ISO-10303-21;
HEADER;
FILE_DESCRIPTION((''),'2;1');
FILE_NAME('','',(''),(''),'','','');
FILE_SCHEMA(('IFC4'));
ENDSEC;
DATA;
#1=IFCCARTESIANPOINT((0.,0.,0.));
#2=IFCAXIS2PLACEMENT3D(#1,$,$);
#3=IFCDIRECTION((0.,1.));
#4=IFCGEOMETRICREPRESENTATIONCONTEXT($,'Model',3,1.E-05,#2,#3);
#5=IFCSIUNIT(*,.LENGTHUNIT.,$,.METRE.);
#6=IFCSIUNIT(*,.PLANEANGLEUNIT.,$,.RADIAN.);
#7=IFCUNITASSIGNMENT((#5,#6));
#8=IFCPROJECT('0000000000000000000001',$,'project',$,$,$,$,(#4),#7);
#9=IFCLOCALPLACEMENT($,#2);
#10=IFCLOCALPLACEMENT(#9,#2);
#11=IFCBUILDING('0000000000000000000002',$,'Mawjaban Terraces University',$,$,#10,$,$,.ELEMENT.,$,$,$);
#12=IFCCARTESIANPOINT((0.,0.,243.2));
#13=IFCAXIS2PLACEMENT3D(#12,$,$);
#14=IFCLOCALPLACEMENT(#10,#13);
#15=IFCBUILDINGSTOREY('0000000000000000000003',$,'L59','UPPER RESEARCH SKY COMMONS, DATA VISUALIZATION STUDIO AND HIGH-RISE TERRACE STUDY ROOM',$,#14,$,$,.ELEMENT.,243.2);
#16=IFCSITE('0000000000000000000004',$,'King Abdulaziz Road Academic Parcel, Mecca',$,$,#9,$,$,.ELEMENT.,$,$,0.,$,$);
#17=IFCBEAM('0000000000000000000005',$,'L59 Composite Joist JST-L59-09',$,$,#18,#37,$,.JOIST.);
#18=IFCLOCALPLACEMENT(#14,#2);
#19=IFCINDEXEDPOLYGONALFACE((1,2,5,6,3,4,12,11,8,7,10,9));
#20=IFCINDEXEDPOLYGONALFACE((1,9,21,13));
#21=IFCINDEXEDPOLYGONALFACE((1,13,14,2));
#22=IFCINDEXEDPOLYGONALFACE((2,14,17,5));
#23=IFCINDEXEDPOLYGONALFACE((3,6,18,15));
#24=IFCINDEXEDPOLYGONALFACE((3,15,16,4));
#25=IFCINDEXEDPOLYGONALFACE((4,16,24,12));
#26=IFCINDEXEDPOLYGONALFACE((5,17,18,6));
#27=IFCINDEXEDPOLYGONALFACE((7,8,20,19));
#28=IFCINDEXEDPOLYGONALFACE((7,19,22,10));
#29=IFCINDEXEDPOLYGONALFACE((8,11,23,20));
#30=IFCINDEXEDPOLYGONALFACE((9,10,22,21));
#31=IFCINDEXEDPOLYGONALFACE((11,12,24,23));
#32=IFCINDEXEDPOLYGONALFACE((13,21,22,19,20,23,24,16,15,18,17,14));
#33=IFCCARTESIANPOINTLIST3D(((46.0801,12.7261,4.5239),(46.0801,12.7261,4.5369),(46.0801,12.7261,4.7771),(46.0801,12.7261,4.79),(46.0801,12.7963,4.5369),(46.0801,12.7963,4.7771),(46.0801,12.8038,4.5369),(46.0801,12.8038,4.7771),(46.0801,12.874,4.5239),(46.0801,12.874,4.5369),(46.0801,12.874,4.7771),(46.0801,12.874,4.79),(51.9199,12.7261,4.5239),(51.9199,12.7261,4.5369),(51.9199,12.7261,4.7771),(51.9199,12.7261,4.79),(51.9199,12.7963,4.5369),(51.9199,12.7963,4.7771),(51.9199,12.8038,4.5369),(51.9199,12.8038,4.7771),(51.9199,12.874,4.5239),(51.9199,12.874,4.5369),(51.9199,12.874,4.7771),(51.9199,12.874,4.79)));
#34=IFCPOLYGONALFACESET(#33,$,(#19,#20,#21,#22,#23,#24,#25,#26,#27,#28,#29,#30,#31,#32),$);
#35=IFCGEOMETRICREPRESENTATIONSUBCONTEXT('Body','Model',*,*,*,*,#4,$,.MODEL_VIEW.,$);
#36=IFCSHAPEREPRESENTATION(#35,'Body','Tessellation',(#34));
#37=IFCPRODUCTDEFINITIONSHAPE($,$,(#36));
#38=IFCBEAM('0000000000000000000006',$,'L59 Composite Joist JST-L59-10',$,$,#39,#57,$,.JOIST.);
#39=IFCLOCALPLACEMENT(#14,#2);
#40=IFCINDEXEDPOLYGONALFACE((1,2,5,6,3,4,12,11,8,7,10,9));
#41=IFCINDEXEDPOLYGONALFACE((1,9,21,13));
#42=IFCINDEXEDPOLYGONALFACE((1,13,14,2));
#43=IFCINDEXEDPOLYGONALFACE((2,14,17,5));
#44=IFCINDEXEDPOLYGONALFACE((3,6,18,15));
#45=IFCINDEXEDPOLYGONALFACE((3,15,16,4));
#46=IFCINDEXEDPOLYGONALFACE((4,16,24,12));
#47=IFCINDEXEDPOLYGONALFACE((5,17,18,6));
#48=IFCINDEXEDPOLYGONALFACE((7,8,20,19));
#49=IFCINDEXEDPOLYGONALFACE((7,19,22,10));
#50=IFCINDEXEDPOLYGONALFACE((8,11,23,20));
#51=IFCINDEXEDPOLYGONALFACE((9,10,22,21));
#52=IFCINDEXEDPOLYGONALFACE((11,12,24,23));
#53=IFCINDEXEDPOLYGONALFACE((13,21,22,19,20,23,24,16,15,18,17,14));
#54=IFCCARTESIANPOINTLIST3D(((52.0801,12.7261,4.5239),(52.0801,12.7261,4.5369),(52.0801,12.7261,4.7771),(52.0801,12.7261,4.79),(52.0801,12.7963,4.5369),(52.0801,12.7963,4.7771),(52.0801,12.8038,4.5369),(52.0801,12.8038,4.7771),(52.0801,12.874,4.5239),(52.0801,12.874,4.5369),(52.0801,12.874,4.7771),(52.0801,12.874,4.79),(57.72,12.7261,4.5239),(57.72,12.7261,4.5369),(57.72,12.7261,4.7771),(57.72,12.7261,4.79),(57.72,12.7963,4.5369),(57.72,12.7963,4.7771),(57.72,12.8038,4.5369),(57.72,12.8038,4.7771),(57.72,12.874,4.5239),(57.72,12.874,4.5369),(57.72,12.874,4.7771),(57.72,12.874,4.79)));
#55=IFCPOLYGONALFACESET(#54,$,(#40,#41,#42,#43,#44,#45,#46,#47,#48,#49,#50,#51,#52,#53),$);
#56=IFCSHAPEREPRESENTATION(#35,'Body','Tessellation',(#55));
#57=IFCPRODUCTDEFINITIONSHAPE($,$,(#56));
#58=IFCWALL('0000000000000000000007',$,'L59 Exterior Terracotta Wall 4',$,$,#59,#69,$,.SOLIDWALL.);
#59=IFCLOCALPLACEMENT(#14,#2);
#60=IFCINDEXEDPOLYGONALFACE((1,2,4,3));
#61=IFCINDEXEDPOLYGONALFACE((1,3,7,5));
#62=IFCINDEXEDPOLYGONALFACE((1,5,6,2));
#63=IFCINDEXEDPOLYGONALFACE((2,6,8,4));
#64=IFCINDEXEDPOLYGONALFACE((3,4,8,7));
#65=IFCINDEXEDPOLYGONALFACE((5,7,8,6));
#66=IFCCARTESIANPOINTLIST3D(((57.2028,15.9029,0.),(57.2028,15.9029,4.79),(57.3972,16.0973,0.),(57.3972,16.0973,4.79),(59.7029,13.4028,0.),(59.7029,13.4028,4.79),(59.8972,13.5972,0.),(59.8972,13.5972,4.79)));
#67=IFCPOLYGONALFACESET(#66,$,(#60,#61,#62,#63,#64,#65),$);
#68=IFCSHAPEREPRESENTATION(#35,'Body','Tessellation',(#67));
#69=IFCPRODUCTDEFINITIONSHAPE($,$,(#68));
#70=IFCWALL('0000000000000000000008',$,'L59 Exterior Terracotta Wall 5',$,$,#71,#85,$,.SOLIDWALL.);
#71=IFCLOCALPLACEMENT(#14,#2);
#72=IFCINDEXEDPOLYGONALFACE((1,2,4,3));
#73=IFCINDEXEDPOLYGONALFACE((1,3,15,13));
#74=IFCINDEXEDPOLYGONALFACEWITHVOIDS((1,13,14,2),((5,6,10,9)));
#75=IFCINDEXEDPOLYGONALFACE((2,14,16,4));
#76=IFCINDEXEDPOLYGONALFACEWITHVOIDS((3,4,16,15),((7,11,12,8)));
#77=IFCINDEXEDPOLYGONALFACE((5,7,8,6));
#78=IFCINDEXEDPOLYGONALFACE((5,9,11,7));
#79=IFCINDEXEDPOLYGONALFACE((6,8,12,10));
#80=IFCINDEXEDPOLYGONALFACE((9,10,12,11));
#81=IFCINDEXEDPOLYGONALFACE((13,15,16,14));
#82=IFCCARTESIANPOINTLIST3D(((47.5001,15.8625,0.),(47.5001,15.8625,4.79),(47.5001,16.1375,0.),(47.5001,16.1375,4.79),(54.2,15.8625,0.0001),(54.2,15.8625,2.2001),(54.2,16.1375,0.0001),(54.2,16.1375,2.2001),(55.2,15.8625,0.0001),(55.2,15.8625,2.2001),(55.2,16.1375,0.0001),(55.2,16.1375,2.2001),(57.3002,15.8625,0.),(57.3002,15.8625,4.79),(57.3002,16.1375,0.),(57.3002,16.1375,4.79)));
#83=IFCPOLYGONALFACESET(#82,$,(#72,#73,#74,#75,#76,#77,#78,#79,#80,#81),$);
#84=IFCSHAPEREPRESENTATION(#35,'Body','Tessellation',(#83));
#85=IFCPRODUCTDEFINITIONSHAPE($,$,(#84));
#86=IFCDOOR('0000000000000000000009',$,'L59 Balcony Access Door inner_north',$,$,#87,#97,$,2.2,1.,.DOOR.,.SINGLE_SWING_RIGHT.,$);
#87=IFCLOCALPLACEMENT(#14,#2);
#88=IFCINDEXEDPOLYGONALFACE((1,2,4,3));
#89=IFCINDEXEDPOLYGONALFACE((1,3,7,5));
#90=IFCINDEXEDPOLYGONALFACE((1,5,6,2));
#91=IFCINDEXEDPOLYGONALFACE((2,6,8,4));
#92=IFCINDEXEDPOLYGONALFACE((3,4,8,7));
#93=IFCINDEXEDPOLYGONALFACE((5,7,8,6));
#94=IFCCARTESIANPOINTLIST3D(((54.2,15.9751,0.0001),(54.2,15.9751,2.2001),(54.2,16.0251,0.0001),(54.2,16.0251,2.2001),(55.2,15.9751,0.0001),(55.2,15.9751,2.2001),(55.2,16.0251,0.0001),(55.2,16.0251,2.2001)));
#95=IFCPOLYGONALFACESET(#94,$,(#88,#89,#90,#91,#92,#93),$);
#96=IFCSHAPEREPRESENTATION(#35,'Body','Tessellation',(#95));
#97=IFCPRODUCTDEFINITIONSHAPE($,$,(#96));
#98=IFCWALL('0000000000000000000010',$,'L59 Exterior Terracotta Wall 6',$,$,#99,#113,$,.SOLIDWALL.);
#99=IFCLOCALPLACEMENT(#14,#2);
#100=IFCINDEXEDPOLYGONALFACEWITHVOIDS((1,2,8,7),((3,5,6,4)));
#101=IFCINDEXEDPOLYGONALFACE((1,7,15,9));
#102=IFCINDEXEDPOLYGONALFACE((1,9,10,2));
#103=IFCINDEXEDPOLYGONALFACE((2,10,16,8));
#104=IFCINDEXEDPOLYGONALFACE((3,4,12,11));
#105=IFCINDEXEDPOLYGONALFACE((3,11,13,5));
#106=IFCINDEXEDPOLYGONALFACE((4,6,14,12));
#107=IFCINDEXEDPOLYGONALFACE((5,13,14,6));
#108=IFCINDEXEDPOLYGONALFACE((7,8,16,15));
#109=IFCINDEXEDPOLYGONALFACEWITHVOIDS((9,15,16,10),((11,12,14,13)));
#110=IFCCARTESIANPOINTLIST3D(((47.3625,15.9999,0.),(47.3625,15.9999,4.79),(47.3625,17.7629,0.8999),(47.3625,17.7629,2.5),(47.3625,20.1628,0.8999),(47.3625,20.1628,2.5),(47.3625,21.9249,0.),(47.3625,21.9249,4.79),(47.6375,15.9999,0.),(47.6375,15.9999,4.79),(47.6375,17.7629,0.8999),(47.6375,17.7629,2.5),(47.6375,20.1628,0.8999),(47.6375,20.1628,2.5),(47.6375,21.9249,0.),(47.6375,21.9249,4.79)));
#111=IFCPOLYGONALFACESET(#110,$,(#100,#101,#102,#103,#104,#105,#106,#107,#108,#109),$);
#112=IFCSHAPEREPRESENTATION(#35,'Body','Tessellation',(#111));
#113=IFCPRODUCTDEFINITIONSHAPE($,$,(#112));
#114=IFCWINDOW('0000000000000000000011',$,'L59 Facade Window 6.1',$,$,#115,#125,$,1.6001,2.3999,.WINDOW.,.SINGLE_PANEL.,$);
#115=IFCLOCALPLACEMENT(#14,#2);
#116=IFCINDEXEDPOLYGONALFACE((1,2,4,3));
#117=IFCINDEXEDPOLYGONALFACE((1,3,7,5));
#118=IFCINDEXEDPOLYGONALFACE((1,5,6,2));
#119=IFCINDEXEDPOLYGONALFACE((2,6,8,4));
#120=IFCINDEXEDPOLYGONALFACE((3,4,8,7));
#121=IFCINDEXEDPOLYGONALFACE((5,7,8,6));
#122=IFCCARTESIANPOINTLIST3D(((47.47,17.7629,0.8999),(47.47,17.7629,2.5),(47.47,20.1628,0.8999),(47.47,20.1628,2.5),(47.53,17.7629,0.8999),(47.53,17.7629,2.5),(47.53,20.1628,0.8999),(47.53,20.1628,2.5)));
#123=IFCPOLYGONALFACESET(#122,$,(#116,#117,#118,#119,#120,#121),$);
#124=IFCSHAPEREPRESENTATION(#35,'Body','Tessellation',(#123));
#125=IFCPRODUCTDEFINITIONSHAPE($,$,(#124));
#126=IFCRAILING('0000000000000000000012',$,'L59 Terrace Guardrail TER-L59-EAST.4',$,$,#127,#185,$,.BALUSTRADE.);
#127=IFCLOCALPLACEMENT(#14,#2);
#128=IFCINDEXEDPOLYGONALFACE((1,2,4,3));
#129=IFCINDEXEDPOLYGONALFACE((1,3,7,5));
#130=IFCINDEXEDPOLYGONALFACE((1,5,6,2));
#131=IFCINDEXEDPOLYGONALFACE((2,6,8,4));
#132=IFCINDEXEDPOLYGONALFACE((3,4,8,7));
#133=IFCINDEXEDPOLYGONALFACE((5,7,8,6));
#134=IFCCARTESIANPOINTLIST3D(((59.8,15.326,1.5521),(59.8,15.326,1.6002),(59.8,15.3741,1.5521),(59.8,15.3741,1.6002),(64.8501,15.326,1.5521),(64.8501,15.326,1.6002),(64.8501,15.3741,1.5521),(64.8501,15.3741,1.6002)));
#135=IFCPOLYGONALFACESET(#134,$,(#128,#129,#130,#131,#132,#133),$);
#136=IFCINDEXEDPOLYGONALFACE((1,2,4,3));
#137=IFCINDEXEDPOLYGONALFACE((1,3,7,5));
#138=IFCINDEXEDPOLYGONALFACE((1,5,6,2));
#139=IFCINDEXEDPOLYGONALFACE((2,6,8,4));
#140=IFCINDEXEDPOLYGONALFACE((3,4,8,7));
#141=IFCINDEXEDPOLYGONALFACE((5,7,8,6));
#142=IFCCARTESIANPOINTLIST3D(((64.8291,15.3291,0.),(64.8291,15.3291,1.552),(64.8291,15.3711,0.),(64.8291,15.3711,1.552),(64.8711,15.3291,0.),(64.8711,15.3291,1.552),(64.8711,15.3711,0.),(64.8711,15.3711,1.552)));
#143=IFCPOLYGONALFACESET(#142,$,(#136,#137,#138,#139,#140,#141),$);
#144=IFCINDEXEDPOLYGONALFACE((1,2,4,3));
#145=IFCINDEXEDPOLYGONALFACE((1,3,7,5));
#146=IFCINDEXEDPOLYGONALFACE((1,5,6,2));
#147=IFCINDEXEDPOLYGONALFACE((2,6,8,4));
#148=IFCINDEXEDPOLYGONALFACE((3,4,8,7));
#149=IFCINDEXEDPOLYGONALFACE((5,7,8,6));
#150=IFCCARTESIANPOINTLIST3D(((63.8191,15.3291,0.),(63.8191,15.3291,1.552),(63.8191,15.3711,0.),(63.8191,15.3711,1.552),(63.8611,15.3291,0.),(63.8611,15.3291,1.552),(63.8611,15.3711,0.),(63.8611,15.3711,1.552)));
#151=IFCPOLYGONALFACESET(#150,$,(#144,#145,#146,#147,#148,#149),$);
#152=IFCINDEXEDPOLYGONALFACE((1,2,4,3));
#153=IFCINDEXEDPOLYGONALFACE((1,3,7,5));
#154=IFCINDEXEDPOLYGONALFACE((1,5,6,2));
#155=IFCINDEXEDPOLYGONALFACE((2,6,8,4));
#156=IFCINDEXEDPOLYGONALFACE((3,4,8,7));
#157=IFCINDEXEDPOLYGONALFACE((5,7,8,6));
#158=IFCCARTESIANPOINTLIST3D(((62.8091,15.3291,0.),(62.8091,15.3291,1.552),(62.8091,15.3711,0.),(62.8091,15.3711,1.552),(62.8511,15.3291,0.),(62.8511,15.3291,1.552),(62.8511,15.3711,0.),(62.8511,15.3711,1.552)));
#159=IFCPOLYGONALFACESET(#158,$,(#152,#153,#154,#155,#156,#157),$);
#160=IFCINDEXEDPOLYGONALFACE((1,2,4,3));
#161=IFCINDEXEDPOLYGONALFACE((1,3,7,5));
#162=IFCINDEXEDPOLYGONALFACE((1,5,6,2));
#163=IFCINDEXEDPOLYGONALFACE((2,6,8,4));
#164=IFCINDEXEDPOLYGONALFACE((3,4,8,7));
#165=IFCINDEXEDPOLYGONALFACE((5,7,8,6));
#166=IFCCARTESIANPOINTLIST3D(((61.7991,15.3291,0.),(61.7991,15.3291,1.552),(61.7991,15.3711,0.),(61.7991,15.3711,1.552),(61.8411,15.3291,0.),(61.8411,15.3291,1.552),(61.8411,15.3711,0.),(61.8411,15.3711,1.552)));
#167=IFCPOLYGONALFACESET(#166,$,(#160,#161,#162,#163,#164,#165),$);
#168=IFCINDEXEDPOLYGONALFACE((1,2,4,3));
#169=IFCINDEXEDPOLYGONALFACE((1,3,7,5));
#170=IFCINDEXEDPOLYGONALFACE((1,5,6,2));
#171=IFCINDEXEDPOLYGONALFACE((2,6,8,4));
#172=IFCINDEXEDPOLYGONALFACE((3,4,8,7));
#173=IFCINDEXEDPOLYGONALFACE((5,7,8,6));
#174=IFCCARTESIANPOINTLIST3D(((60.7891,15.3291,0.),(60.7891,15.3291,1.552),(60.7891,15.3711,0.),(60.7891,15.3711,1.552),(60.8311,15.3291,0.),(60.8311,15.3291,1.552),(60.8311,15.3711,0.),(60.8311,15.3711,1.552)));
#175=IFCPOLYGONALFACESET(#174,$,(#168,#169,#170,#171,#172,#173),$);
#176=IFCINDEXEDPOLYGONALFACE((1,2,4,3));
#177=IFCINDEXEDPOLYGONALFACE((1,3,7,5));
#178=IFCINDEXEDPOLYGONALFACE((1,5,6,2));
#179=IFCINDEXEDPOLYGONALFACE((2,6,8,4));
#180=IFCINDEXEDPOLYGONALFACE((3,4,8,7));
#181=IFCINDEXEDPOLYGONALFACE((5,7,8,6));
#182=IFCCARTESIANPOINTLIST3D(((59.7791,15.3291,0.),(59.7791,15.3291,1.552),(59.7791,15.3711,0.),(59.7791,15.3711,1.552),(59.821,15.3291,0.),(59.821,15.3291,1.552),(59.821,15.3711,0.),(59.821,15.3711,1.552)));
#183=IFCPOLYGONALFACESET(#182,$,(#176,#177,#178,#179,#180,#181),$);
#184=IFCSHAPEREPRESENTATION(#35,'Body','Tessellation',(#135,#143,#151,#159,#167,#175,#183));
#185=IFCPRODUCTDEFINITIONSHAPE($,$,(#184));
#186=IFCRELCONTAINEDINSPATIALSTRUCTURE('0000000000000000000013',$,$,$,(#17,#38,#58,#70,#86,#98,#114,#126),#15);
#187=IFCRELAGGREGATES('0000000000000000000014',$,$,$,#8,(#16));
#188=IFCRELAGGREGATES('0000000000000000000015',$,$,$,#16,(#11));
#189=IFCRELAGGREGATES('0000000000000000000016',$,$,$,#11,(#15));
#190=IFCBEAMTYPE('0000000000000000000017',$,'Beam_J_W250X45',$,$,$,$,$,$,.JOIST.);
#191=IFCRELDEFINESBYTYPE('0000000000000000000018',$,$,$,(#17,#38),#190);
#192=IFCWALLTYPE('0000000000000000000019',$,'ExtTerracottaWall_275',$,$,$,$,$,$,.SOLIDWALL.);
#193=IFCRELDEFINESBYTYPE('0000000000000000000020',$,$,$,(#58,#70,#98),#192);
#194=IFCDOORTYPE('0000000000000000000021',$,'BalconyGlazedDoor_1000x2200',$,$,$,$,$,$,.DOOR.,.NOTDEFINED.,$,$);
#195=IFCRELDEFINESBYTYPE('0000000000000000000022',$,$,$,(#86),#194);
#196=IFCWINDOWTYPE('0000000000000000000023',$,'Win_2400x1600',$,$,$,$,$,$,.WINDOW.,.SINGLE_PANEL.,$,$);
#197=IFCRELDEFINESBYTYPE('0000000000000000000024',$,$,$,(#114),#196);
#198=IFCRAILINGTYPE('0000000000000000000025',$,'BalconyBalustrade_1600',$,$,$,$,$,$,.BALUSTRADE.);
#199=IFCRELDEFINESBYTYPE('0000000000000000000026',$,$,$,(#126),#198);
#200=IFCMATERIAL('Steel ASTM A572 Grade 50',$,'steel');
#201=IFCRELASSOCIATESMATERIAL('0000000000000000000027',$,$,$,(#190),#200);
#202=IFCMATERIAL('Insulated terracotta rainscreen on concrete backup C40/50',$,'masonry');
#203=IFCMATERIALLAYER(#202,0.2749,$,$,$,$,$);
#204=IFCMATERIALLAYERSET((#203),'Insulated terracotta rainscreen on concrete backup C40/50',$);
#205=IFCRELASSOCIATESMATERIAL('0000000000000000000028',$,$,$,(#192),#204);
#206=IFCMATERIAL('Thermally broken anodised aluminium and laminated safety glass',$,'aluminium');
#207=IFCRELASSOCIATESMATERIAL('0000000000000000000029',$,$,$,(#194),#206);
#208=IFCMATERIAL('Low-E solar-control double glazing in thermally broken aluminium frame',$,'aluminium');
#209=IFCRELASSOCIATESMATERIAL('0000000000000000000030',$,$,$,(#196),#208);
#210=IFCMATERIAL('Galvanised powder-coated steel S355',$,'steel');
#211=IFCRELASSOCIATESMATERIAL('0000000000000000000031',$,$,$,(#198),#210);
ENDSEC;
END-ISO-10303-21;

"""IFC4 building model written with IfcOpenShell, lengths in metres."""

from ifc_helpers import new_model, si_unit, direction, frame, frame_2d, origin, origin_2d, place, context, subcontext, project, spatial, rectangle, i_section, extrude, material, layer, layer_set, material_profile, profile_set, type_object, element, fill, save


model = new_model("IFC4")

# Units and contexts
model_context = context("Model", 3, precision=1e-05, world=origin(), true_north=direction((0.0, 1.0)))
body_context = subcontext(model_context, "Body", "Model", "MODEL_VIEW")
ifc_project = project(units=[si_unit("LENGTHUNIT", "METRE"), si_unit("PLANEANGLEUNIT", "RADIAN")], contexts=[model_context])

# Site, building, storey
site_placement = place(None, origin())
site = spatial("IfcSite", under=ifc_project, at=site_placement, Name="King Abdulaziz Road Academic Parcel, Mecca", CompositionType="ELEMENT", RefElevation=0.0)
building_placement = place(site_placement, origin())
building = spatial("IfcBuilding", under=site, at=building_placement, Name="Mawjaban Terraces University", CompositionType="ELEMENT")
storey_placement = place(building_placement, frame((0.0, 0.0, 243.2)))
storey = spatial("IfcBuildingStorey", under=building, at=storey_placement, Name="L59", Description="UPPER RESEARCH SKY COMMONS, DATA VISUALIZATION STUDIO AND HIGH-RISE TERRACE STUDY ROOM", CompositionType="ELEMENT", Elevation=243.2)

# Beams
ifc_material_1 = material(Name="Steel ASTM A572 Grade 50", Category="steel")
ifc_material_profile_1 = material_profile(ifc_material_1, i_section(OverallWidth=0.1479, OverallDepth=0.2661, WebThickness=0.0076, FlangeThickness=0.0129, at=origin_2d()), Name="W250X45")
ifc_profile_set_1 = profile_set([ifc_material_profile_1], Name="Steel ASTM A572 Grade 50")
beam_type_1 = type_object("IfcBeamType", Name="Beam_J_W250X45", PredefinedType="JOIST", material=ifc_profile_set_1)
beam_1_placement = place(storey_placement, frame((46.0801, 12.8, 4.657), z_axis=(1.0, 0.0, 0.0), x_axis=(0.0, 1.0, 0.0)))
element("IfcBeam", 1, at=beam_1_placement, inside=storey, type_object=beam_type_1, Name="L59 Composite Joist JST-L59-09", PredefinedType="JOIST", context=body_context, shape_type="SweptSolid", body=[
    extrude(i_section(OverallWidth=0.1479, OverallDepth=0.2661, WebThickness=0.0076, FlangeThickness=0.0129, at=origin_2d()), origin(), (0.0, 0.0, 1.0), 5.8398),
])
beam_2_placement = place(storey_placement, frame((52.0801, 12.8, 4.657), z_axis=(1.0, 0.0, 0.0), x_axis=(0.0, 1.0, 0.0)))
element("IfcBeam", 2, at=beam_2_placement, inside=storey, type_object=beam_type_1, Name="L59 Composite Joist JST-L59-10", PredefinedType="JOIST", context=body_context, shape_type="SweptSolid", body=[
    extrude(i_section(OverallWidth=0.1479, OverallDepth=0.2661, WebThickness=0.0076, FlangeThickness=0.0129, at=origin_2d()), origin(), (0.0, 0.0, 1.0), 5.6399),
])

# Wall
ifc_material_2 = material(Name="Insulated terracotta rainscreen on concrete backup C40/50", Category="masonry")
ifc_layer = layer(ifc_material_2, 0.2749)
ifc_layer_set = layer_set([ifc_layer], Name="Insulated terracotta rainscreen on concrete backup C40/50")
wall_type = type_object("IfcWallType", Name="ExtTerracottaWall_275", PredefinedType="SOLIDWALL", material=ifc_layer_set)
wall_1_placement = place(storey_placement, frame((59.8, 13.5, 0.0), z_axis=(0.0, 0.0, 1.0), x_axis=(-0.707107, 0.707107, 0.0)))
element("IfcWall", 3, at=wall_1_placement, inside=storey, type_object=wall_type, Name="L59 Exterior Terracotta Wall 4", PredefinedType="SOLIDWALL", context=body_context, shape_type="SweptSolid", body=[
    extrude(rectangle(XDim=3.5356, YDim=0.2749, at=frame_2d((1.7678, 0.0))), origin(), (0.0, 0.0, 1.0), 4.79),
])

# Wall, opening, door
wall_2_placement = place(storey_placement, frame((57.3, 16.0, 0.0), z_axis=(0.0, 0.0, 1.0), x_axis=(-1.0, 0.0, 0.0)))
wall_2 = element("IfcWall", 4, at=wall_2_placement, inside=storey, type_object=wall_type, Name="L59 Exterior Terracotta Wall 5", PredefinedType="SOLIDWALL", context=body_context, shape_type="SweptSolid", body=[
    extrude(rectangle(XDim=9.8, YDim=0.2749, at=frame_2d((4.8999, 0.0))), origin(), (0.0, 0.0, 1.0), 4.79),
])
opening_1_placement = place(wall_2_placement, frame((2.1001, 0.0, 0.0)))
opening_1 = element("IfcOpeningElement", 5, at=opening_1_placement, cuts=wall_2, PredefinedType="OPENING", context=body_context, shape_type="SweptSolid", body=[
    extrude(rectangle(XDim=1.0, YDim=2.2, at=frame_2d((0.5, 1.1001))), frame((0.0, 0.1475, 0.0), z_axis=(0.0, -1.0, 0.0), x_axis=(1.0, 0.0, 0.0)), (0.0, 0.0, 1.0), 0.2949),
])
ifc_material_3 = material(Name="Thermally broken anodised aluminium and laminated safety glass", Category="aluminium")
door_type = type_object("IfcDoorType", Name="BalconyGlazedDoor_1000x2200", OperationType="NOTDEFINED", PredefinedType="DOOR", material=ifc_material_3)
door_placement = place(opening_1_placement, origin())
door = element("IfcDoor", 6, at=door_placement, inside=storey, type_object=door_type, Name="L59 Balcony Access Door inner_north", OperationType="SINGLE_SWING_RIGHT", OverallHeight=2.2, OverallWidth=1.0, PredefinedType="DOOR", context=body_context, shape_type="SweptSolid", body=[
    extrude(rectangle(XDim=1.0, YDim=2.2, at=frame_2d((0.5, 1.1001))), frame((0.0, 0.0249, 0.0), z_axis=(0.0, -1.0, 0.0), x_axis=(1.0, 0.0, 0.0)), (0.0, 0.0, 1.0), 0.05),
])
fill(opening_1, door)

# Wall, opening, window
wall_3_placement = place(storey_placement, frame((47.5, 16.0, 0.0), z_axis=(0.0, 0.0, 1.0), x_axis=(0.0, 1.0, 0.0)))
wall_3 = element("IfcWall", 7, at=wall_3_placement, inside=storey, type_object=wall_type, Name="L59 Exterior Terracotta Wall 6", PredefinedType="SOLIDWALL", context=body_context, shape_type="SweptSolid", body=[
    extrude(rectangle(XDim=5.925, YDim=0.2749, at=frame_2d((2.9624, 0.0))), origin(), (0.0, 0.0, 1.0), 4.79),
])
opening_2_placement = place(wall_3_placement, frame((1.7629, 0.0, 0.8999)))
opening_2 = element("IfcOpeningElement", 8, at=opening_2_placement, cuts=wall_3, PredefinedType="OPENING", context=body_context, shape_type="SweptSolid", body=[
    extrude(rectangle(XDim=2.3999, YDim=1.6001, at=frame_2d((1.2, 0.8))), frame((0.0, 0.1475, 0.0), z_axis=(0.0, -1.0, 0.0), x_axis=(1.0, 0.0, 0.0)), (0.0, 0.0, 1.0), 0.2949),
])
ifc_material_4 = material(Name="Low-E solar-control double glazing in thermally broken aluminium frame", Category="aluminium")
window_type = type_object("IfcWindowType", Name="Win_2400x1600", PartitioningType="SINGLE_PANEL", PredefinedType="WINDOW", material=ifc_material_4)
window_placement = place(opening_2_placement, origin())
window = element("IfcWindow", 9, at=window_placement, inside=storey, type_object=window_type, Name="L59 Facade Window 6.1", OverallHeight=1.6001, OverallWidth=2.3999, PartitioningType="SINGLE_PANEL", PredefinedType="WINDOW", context=body_context, shape_type="SweptSolid", body=[
    extrude(rectangle(XDim=2.3999, YDim=1.6001, at=frame_2d((1.2, 0.8))), frame((0.0, 0.03, 0.0), z_axis=(0.0, -1.0, 0.0), x_axis=(1.0, 0.0, 0.0)), (0.0, 0.0, 1.0), 0.0601),
])
fill(opening_2, window)

# Railing
ifc_material_5 = material(Name="Galvanised powder-coated steel S355", Category="steel")
railing_type = type_object("IfcRailingType", Name="BalconyBalustrade_1600", PredefinedType="BALUSTRADE", material=ifc_material_5)
railing_1_placement = place(storey_placement, frame((64.8501, 15.3501, 0.0)))
element("IfcRailing", 10, at=railing_1_placement, inside=storey, type_object=railing_type, Name="L59 Terrace Guardrail TER-L59-EAST.4", PredefinedType="BALUSTRADE", context=body_context, shape_type="SweptSolid", body=[
    extrude(rectangle(XDim=0.0481, YDim=0.0481, at=origin_2d()), frame((0.0, 0.0, 1.5762), z_axis=(-1.0, 0.0, 0.0), x_axis=(0.0, -1.0, 0.0)), (0.0, 0.0, 1.0), 5.05),
    extrude(rectangle(XDim=0.042, YDim=0.042, at=origin_2d()), origin(), (0.0, 0.0, 1.0), 1.552),
    extrude(rectangle(XDim=0.042, YDim=0.042, at=origin_2d()), frame((-1.01, 0.0, 0.0)), (0.0, 0.0, 1.0), 1.552),
    extrude(rectangle(XDim=0.042, YDim=0.042, at=origin_2d()), frame((-2.02, 0.0, 0.0)), (0.0, 0.0, 1.0), 1.552),
    extrude(rectangle(XDim=0.042, YDim=0.042, at=origin_2d()), frame((-3.03, 0.0, 0.0)), (0.0, 0.0, 1.0), 1.552),
    extrude(rectangle(XDim=0.042, YDim=0.042, at=origin_2d()), frame((-4.04, 0.0, 0.0)), (0.0, 0.0, 1.0), 1.552),
    extrude(rectangle(XDim=0.042, YDim=0.042, at=origin_2d()), frame((-5.05, 0.0, 0.0)), (0.0, 0.0, 1.0), 1.552),
])

save(model, "model.ifc")
